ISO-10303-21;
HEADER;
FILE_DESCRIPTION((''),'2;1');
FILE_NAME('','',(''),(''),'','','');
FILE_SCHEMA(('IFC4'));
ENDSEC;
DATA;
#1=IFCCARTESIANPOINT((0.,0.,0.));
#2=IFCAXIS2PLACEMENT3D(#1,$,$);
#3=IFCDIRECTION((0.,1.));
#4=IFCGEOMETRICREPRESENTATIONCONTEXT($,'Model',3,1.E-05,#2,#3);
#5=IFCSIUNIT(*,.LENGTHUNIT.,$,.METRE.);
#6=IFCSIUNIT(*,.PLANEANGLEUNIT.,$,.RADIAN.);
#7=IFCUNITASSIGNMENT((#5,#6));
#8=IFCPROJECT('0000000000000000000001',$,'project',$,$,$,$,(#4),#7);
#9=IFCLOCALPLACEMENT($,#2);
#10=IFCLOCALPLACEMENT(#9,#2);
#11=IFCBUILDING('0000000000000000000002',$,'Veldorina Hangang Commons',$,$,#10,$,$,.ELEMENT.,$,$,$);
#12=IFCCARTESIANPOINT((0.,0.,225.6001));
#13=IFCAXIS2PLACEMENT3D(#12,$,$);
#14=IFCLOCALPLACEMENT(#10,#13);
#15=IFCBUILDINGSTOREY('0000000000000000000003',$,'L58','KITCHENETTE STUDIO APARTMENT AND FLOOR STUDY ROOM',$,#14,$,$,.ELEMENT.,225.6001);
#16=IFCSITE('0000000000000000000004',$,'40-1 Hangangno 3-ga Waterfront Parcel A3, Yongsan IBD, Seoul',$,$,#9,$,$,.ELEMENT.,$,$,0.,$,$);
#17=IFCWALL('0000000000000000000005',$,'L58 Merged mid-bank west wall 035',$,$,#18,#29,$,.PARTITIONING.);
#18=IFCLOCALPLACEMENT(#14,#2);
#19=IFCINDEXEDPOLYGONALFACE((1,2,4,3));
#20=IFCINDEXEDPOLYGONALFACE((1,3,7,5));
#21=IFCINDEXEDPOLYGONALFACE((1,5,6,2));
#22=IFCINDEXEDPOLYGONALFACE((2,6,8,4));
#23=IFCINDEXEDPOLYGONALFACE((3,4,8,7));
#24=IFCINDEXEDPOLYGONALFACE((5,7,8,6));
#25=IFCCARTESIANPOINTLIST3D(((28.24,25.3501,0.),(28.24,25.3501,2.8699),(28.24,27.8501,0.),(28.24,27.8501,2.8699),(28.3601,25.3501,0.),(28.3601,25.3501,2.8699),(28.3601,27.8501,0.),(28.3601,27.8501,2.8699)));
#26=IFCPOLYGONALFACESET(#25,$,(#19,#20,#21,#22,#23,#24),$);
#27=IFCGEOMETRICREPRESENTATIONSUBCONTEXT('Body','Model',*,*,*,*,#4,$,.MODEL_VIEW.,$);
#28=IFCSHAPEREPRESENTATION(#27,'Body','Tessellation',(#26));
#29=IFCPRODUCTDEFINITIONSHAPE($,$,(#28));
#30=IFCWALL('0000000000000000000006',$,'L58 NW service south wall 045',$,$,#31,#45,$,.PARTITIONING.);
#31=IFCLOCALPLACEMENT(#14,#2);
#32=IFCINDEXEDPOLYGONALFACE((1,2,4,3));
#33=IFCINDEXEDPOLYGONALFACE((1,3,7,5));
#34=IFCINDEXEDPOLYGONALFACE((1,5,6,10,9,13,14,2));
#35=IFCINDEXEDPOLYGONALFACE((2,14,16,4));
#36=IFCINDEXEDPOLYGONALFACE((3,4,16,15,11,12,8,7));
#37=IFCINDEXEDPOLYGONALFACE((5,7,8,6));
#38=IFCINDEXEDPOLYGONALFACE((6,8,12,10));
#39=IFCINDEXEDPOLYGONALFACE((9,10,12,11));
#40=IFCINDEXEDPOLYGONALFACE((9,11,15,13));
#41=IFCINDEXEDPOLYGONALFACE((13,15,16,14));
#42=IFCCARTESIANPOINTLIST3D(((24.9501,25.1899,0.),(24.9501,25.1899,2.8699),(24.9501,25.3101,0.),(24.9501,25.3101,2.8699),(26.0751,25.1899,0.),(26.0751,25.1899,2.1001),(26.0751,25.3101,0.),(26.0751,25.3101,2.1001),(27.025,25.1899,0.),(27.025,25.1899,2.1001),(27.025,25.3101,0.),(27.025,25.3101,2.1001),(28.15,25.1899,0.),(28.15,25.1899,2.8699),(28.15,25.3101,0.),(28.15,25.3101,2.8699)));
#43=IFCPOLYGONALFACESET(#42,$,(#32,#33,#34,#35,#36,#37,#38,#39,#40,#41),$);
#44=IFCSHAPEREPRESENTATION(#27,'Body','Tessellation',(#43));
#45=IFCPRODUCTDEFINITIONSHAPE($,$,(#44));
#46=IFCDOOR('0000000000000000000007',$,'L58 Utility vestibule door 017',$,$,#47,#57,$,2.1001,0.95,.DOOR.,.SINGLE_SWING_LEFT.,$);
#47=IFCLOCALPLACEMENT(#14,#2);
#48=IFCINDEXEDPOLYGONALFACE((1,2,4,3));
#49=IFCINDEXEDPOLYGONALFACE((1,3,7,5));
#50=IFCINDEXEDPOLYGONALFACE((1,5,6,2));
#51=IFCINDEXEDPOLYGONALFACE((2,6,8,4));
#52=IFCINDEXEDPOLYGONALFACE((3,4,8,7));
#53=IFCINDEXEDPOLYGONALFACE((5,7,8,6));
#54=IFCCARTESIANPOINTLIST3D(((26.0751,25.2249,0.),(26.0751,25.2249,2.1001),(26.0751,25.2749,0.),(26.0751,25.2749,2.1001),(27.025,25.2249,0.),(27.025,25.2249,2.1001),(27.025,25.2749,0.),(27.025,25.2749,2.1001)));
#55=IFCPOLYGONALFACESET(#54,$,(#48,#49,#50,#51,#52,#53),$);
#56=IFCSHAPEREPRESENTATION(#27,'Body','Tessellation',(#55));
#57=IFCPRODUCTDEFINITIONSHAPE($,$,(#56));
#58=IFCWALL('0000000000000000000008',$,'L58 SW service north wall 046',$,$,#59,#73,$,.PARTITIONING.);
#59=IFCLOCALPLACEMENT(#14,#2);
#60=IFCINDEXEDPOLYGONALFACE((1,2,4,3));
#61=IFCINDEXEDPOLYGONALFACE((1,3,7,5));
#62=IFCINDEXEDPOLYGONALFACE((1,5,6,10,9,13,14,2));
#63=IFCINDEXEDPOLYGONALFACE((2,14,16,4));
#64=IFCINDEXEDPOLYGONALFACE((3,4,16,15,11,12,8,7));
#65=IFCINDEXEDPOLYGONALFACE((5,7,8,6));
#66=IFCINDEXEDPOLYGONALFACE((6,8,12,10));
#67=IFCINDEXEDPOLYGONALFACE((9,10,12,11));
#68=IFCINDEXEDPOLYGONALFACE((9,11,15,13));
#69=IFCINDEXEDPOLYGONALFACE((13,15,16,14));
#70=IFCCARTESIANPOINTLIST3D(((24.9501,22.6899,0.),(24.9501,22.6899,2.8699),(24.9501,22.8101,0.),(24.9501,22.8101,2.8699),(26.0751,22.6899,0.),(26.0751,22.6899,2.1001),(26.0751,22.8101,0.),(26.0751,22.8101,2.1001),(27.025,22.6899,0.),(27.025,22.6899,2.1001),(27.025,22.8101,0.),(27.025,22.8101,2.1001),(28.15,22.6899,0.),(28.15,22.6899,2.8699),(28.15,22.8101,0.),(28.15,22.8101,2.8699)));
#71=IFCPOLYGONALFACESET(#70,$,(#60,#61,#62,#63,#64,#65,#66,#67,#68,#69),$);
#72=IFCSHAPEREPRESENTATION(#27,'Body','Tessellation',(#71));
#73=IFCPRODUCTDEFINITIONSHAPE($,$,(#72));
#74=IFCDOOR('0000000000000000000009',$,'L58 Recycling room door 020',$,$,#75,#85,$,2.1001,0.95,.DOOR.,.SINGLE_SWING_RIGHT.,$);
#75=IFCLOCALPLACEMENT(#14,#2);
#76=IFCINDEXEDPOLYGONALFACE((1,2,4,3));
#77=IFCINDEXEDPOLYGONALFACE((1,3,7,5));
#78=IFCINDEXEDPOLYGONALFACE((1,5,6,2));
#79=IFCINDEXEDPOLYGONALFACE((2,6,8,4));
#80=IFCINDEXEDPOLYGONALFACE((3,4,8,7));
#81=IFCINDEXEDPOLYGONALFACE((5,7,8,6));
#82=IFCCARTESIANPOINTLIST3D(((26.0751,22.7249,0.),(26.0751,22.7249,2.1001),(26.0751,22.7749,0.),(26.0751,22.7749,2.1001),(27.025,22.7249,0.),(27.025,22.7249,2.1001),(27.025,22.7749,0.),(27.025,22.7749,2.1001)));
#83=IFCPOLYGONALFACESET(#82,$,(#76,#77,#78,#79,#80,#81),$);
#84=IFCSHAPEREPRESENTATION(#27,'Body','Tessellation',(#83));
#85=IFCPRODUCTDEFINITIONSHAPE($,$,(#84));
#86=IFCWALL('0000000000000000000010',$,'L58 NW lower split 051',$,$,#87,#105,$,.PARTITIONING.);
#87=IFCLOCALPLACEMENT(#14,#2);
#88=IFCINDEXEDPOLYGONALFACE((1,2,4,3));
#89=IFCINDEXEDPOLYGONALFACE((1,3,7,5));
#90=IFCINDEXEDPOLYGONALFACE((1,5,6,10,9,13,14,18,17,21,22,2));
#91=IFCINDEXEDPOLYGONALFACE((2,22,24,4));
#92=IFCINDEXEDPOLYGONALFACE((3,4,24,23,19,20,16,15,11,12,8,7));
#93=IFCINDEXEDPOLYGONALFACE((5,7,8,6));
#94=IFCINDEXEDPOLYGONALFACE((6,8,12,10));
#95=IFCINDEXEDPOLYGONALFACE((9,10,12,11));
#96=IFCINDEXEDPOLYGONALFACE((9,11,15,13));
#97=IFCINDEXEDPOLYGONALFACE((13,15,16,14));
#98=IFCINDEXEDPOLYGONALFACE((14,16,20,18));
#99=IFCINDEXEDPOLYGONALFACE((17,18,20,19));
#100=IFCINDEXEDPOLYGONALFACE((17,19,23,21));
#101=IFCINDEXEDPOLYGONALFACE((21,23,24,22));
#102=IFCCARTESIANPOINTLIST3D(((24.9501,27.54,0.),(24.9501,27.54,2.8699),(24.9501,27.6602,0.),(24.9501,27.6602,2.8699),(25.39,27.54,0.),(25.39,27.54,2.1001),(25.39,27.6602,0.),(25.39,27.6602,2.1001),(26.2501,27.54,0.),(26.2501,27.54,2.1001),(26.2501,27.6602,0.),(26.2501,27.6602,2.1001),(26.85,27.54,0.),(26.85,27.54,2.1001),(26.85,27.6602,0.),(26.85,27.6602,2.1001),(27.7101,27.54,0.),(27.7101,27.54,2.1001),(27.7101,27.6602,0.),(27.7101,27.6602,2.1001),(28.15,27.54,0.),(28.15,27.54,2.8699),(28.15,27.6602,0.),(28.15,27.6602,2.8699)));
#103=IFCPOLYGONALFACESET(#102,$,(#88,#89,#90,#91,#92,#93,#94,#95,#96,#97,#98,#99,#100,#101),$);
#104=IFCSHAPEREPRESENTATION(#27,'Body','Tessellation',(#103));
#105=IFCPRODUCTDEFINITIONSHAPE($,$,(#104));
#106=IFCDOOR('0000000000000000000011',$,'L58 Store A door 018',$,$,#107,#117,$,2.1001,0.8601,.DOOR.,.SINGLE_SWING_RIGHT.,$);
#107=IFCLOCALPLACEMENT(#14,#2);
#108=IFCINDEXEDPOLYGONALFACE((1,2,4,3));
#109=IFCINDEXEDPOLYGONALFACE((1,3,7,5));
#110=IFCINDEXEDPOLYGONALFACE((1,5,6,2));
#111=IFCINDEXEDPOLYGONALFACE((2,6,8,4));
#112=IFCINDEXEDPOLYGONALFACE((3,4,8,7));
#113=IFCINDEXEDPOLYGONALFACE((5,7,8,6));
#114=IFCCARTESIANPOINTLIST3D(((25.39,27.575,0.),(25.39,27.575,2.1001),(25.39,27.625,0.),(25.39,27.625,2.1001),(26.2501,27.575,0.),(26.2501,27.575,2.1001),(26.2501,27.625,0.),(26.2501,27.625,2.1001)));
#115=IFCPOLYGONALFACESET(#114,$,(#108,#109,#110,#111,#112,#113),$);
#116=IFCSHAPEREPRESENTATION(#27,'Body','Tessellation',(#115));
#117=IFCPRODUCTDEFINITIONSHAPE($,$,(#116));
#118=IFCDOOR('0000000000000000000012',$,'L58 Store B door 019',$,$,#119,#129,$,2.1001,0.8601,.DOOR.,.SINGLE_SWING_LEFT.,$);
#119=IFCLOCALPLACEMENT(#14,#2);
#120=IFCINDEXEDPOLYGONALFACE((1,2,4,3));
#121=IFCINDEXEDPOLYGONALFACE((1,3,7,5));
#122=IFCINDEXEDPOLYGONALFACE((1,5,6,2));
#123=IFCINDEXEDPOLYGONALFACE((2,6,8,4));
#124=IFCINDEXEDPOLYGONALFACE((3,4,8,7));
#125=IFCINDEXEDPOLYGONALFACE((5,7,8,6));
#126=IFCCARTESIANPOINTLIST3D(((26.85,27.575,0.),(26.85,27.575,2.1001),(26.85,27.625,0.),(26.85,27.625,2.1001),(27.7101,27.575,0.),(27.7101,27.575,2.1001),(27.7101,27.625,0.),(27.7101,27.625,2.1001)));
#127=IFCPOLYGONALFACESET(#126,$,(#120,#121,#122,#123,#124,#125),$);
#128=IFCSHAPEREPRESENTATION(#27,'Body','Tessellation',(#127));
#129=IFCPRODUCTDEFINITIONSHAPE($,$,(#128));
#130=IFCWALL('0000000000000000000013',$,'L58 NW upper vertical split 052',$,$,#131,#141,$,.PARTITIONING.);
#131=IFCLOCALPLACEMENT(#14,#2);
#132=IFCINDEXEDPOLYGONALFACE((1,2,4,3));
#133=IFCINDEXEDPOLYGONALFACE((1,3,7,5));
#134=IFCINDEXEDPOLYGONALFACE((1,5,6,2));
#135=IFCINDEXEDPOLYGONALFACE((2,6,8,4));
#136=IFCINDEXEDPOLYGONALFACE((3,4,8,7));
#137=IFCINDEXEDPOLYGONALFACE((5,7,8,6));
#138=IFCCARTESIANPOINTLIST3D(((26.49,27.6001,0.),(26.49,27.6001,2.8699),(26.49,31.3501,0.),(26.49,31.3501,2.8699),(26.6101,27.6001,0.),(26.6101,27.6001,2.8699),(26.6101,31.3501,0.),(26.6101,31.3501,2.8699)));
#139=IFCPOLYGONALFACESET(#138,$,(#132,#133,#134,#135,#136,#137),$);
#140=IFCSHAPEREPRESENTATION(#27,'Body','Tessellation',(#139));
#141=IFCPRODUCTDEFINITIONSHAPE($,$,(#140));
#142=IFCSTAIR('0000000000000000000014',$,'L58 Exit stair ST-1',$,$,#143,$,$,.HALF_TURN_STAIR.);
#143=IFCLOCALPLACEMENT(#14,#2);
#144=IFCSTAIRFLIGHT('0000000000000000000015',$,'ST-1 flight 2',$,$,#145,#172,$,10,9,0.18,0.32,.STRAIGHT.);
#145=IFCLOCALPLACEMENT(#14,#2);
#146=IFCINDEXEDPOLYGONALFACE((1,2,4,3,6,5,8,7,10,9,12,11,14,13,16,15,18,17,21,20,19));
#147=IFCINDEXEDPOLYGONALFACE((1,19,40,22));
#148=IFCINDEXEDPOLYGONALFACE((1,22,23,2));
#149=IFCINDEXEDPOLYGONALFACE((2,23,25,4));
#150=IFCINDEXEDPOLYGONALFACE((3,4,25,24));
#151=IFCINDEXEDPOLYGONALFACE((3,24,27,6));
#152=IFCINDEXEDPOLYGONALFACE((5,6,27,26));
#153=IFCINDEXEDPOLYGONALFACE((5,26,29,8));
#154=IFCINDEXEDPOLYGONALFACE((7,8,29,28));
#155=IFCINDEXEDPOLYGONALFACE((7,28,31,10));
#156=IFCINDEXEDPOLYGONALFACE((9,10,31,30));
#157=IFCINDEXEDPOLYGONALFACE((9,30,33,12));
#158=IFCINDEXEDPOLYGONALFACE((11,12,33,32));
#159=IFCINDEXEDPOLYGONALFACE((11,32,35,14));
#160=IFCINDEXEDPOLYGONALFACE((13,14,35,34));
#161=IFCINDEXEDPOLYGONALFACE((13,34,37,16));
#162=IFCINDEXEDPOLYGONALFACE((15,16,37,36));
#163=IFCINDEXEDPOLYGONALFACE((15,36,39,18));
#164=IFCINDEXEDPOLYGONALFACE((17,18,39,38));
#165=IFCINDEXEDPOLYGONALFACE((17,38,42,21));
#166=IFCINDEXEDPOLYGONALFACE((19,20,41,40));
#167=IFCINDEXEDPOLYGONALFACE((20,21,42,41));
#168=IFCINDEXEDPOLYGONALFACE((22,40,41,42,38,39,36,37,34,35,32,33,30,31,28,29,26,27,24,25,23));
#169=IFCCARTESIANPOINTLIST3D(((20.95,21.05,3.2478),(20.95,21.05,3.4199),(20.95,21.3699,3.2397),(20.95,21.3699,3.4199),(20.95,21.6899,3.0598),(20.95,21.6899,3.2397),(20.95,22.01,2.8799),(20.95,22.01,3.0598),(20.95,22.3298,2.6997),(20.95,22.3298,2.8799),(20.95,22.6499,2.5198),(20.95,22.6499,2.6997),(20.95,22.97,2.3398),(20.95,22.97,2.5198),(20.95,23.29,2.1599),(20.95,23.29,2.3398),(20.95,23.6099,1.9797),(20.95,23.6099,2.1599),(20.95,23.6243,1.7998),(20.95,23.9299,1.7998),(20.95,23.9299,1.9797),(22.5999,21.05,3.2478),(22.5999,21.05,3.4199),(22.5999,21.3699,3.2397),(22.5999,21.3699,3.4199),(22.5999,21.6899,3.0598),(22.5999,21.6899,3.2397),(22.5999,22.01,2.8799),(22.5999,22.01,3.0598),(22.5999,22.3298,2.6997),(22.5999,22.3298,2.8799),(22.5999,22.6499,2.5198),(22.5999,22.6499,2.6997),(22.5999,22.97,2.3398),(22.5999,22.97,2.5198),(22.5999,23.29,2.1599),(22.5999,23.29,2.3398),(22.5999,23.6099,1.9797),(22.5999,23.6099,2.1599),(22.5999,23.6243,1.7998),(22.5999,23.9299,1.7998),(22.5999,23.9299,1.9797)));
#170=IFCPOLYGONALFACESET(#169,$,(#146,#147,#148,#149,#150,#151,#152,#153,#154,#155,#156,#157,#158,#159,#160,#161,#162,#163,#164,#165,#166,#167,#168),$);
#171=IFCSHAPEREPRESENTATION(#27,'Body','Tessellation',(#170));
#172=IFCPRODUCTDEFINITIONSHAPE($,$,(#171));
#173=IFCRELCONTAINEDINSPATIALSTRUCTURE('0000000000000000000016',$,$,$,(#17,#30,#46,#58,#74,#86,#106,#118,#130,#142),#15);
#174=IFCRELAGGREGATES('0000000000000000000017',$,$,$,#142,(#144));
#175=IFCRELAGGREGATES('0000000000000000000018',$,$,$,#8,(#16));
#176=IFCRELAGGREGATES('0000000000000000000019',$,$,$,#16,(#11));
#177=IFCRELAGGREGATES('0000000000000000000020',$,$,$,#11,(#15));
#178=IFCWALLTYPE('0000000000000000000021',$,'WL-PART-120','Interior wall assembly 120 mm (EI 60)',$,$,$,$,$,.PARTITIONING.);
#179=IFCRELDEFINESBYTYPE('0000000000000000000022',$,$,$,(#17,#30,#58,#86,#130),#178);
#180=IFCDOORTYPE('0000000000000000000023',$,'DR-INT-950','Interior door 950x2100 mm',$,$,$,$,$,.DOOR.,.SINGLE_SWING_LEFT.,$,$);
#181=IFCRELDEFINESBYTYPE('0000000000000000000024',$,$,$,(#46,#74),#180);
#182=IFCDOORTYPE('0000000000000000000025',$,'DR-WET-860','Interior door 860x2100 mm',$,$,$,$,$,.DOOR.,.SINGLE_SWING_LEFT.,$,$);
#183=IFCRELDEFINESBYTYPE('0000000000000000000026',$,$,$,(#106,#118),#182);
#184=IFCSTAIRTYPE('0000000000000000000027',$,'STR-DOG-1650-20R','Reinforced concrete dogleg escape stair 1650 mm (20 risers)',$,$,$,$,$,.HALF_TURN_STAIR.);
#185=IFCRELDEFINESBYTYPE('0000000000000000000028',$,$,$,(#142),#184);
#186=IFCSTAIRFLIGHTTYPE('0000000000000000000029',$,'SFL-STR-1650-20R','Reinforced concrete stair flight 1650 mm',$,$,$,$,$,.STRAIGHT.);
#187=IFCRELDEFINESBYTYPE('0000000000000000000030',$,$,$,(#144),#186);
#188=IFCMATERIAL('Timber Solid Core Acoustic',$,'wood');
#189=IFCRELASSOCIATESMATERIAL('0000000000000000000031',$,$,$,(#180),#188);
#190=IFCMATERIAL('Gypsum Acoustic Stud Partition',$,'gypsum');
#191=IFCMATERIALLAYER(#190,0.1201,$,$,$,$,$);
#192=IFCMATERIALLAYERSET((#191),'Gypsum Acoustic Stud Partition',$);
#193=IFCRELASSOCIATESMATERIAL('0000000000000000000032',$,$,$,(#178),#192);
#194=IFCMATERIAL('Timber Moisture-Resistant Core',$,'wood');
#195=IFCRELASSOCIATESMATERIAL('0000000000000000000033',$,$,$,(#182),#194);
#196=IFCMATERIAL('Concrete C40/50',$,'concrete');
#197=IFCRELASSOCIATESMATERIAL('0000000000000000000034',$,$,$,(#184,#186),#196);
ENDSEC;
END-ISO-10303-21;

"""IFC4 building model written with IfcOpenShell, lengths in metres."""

from ifc_helpers import new_model, si_unit, direction, frame, frame_2d, origin, place, context, subcontext, project, spatial, polyline, rectangle, outline, extrude, material, layer, layer_set, type_object, element, fill, aggregate, save


model = new_model("IFC4")

# Units and contexts
model_context = context("Model", 3, precision=1e-05, world=origin(), true_north=direction((0.0, 1.0)))
body_context = subcontext(model_context, "Body", "Model", "MODEL_VIEW")
ifc_project = project(units=[si_unit("LENGTHUNIT", "METRE"), si_unit("PLANEANGLEUNIT", "RADIAN")], contexts=[model_context])

# Site, building, storey
site_placement = place(None, origin())
site = spatial("IfcSite", under=ifc_project, at=site_placement, Name="40-1 Hangangno 3-ga Waterfront Parcel A3, Yongsan IBD, Seoul", CompositionType="ELEMENT", RefElevation=0.0)
building_placement = place(site_placement, origin())
building = spatial("IfcBuilding", under=site, at=building_placement, Name="Veldorina Hangang Commons", CompositionType="ELEMENT")
storey_placement = place(building_placement, frame((0.0, 0.0, 225.6001)))
storey = spatial("IfcBuildingStorey", under=building, at=storey_placement, Name="L58", Description="KITCHENETTE STUDIO APARTMENT AND FLOOR STUDY ROOM", CompositionType="ELEMENT", Elevation=225.6001)

# Shared definitions
ifc_material_1 = material(Name="Timber Solid Core Acoustic", Category="wood")
door_type_1 = type_object("IfcDoorType", Name="DR-INT-950", Description="Interior door 950x2100 mm", OperationType="SINGLE_SWING_LEFT", PredefinedType="DOOR", material=ifc_material_1)

# Shared definitions
ifc_material_2 = material(Name="Gypsum Acoustic Stud Partition", Category="gypsum")
ifc_layer_1 = layer(ifc_material_2, 0.1201)
ifc_layer_set_1 = layer_set([ifc_layer_1], Name="Gypsum Acoustic Stud Partition")
wall_type_1 = type_object("IfcWallType", Name="WL-PART-120", Description="Interior wall assembly 120 mm (EI 60)", PredefinedType="PARTITIONING", material=ifc_layer_set_1)

# Wall
wall_1_placement = place(storey_placement, frame((28.3, 25.3501, 0.0), z_axis=(0.0, 0.0, 1.0), x_axis=(0.0, 1.0, 0.0)))
element("IfcWall", 1, at=wall_1_placement, inside=storey, type_object=wall_type_1, Name="L58 Merged mid-bank west wall 035", PredefinedType="PARTITIONING", context=body_context, shape_type="SweptSolid", body=[
    extrude(rectangle(XDim=2.5, YDim=0.1201, at=frame_2d((1.25, 0.0))), origin(), (0.0, 0.0, 1.0), 2.8699),
])

# Walls, openings, doors
wall_2_placement = place(storey_placement, frame((24.95, 25.25, 0.0), z_axis=(0.0, 0.0, 1.0), x_axis=(1.0, 0.0, 0.0)))
wall_2 = element("IfcWall", 2, at=wall_2_placement, inside=storey, type_object=wall_type_1, Name="L58 NW service south wall 045", PredefinedType="PARTITIONING", context=body_context, shape_type="SweptSolid", body=[
    extrude(rectangle(XDim=3.2, YDim=0.1201, at=frame_2d((1.6001, 0.0))), origin(), (0.0, 0.0, 1.0), 2.8699),
])
opening_1_placement = place(wall_2_placement, frame((1.125, 0.0, 0.0)))
opening_1 = element("IfcOpeningElement", 3, at=opening_1_placement, cuts=wall_2, PredefinedType="OPENING", context=body_context, shape_type="SweptSolid", body=[
    extrude(rectangle(XDim=0.95, YDim=2.1001, at=frame_2d((0.4751, 1.05))), frame((0.0, 0.0701, 0.0), z_axis=(0.0, -1.0, 0.0), x_axis=(1.0, 0.0, 0.0)), (0.0, 0.0, 1.0), 0.1401),
])
door_1_placement = place(opening_1_placement, origin())
door_1 = element("IfcDoor", 4, at=door_1_placement, inside=storey, type_object=door_type_1, Name="L58 Utility vestibule door 017", OperationType="SINGLE_SWING_LEFT", OverallHeight=2.1001, OverallWidth=0.95, PredefinedType="DOOR", context=body_context, shape_type="SweptSolid", body=[
    extrude(rectangle(XDim=0.95, YDim=2.1001, at=frame_2d((0.4751, 1.05))), frame((0.0, 0.0249, 0.0), z_axis=(0.0, -1.0, 0.0), x_axis=(1.0, 0.0, 0.0)), (0.0, 0.0, 1.0), 0.05),
])
fill(opening_1, door_1)
wall_3_placement = place(storey_placement, frame((24.95, 22.75, 0.0), z_axis=(0.0, 0.0, 1.0), x_axis=(1.0, 0.0, 0.0)))
wall_3 = element("IfcWall", 5, at=wall_3_placement, inside=storey, type_object=wall_type_1, Name="L58 SW service north wall 046", PredefinedType="PARTITIONING", context=body_context, shape_type="SweptSolid", body=[
    extrude(rectangle(XDim=3.2, YDim=0.1201, at=frame_2d((1.6001, 0.0))), origin(), (0.0, 0.0, 1.0), 2.8699),
])
opening_2_placement = place(wall_3_placement, frame((1.125, 0.0, 0.0)))
opening_2 = element("IfcOpeningElement", 6, at=opening_2_placement, cuts=wall_3, PredefinedType="OPENING", context=body_context, shape_type="SweptSolid", body=[
    extrude(rectangle(XDim=0.95, YDim=2.1001, at=frame_2d((0.4751, 1.05))), frame((0.0, 0.0701, 0.0), z_axis=(0.0, -1.0, 0.0), x_axis=(1.0, 0.0, 0.0)), (0.0, 0.0, 1.0), 0.1401),
])
door_2_placement = place(opening_2_placement, origin())
door_2 = element("IfcDoor", 7, at=door_2_placement, inside=storey, type_object=door_type_1, Name="L58 Recycling room door 020", OperationType="SINGLE_SWING_RIGHT", OverallHeight=2.1001, OverallWidth=0.95, PredefinedType="DOOR", context=body_context, shape_type="SweptSolid", body=[
    extrude(rectangle(XDim=0.95, YDim=2.1001, at=frame_2d((0.4751, 1.05))), frame((0.0, 0.0249, 0.0), z_axis=(0.0, -1.0, 0.0), x_axis=(1.0, 0.0, 0.0)), (0.0, 0.0, 1.0), 0.05),
])
fill(opening_2, door_2)

# Wall, openings, doors
wall_4_placement = place(storey_placement, frame((24.95, 27.6001, 0.0), z_axis=(0.0, 0.0, 1.0), x_axis=(1.0, 0.0, 0.0)))
wall_4 = element("IfcWall", 8, at=wall_4_placement, inside=storey, type_object=wall_type_1, Name="L58 NW lower split 051", PredefinedType="PARTITIONING", context=body_context, shape_type="SweptSolid", body=[
    extrude(rectangle(XDim=3.2, YDim=0.1201, at=frame_2d((1.6001, 0.0))), origin(), (0.0, 0.0, 1.0), 2.8699),
])
opening_3_placement = place(wall_4_placement, frame((0.4399, 0.0, 0.0)))
opening_3 = element("IfcOpeningElement", 9, at=opening_3_placement, cuts=wall_4, PredefinedType="OPENING", context=body_context, shape_type="SweptSolid", body=[
    extrude(rectangle(XDim=0.8601, YDim=2.1001, at=frame_2d((0.4302, 1.05))), frame((0.0, 0.0701, 0.0), z_axis=(0.0, -1.0, 0.0), x_axis=(1.0, 0.0, 0.0)), (0.0, 0.0, 1.0), 0.1401),
])
opening_4_placement = place(wall_4_placement, frame((1.8999, 0.0, 0.0)))
opening_4 = element("IfcOpeningElement", 10, at=opening_4_placement, cuts=wall_4, PredefinedType="OPENING", context=body_context, shape_type="SweptSolid", body=[
    extrude(rectangle(XDim=0.8601, YDim=2.1001, at=frame_2d((0.4302, 1.05))), frame((0.0, 0.0701, 0.0), z_axis=(0.0, -1.0, 0.0), x_axis=(1.0, 0.0, 0.0)), (0.0, 0.0, 1.0), 0.1401),
])
ifc_material_3 = material(Name="Timber Moisture-Resistant Core", Category="wood")
door_type_2 = type_object("IfcDoorType", Name="DR-WET-860", Description="Interior door 860x2100 mm", OperationType="SINGLE_SWING_LEFT", PredefinedType="DOOR", material=ifc_material_3)
door_3_placement = place(opening_3_placement, origin())
door_3 = element("IfcDoor", 11, at=door_3_placement, inside=storey, type_object=door_type_2, Name="L58 Store A door 018", OperationType="SINGLE_SWING_RIGHT", OverallHeight=2.1001, OverallWidth=0.8601, PredefinedType="DOOR", context=body_context, shape_type="SweptSolid", body=[
    extrude(rectangle(XDim=0.8601, YDim=2.1001, at=frame_2d((0.4302, 1.05))), frame((0.0, 0.0249, 0.0), z_axis=(0.0, -1.0, 0.0), x_axis=(1.0, 0.0, 0.0)), (0.0, 0.0, 1.0), 0.05),
])
fill(opening_3, door_3)
door_4_placement = place(opening_4_placement, origin())
door_4 = element("IfcDoor", 12, at=door_4_placement, inside=storey, type_object=door_type_2, Name="L58 Store B door 019", OperationType="SINGLE_SWING_LEFT", OverallHeight=2.1001, OverallWidth=0.8601, PredefinedType="DOOR", context=body_context, shape_type="SweptSolid", body=[
    extrude(rectangle(XDim=0.8601, YDim=2.1001, at=frame_2d((0.4302, 1.05))), frame((0.0, 0.0249, 0.0), z_axis=(0.0, -1.0, 0.0), x_axis=(1.0, 0.0, 0.0)), (0.0, 0.0, 1.0), 0.05),
])
fill(opening_4, door_4)

# Wall
wall_5_placement = place(storey_placement, frame((26.55, 27.6001, 0.0), z_axis=(0.0, 0.0, 1.0), x_axis=(0.0, 1.0, 0.0)))
element("IfcWall", 13, at=wall_5_placement, inside=storey, type_object=wall_type_1, Name="L58 NW upper vertical split 052", PredefinedType="PARTITIONING", context=body_context, shape_type="SweptSolid", body=[
    extrude(rectangle(XDim=3.75, YDim=0.1201, at=frame_2d((1.875, 0.0))), origin(), (0.0, 0.0, 1.0), 2.8699),
])

# Stair, stair flight
ifc_material_4 = material(Name="Concrete C40/50", Category="concrete")
stair_type = type_object("IfcStairType", Name="STR-DOG-1650-20R", Description="Reinforced concrete dogleg escape stair 1650 mm (20 risers)", PredefinedType="HALF_TURN_STAIR", material=ifc_material_4)
stair_placement = place(storey_placement, origin())
stair = element("IfcStair", 14, at=stair_placement, inside=storey, type_object=stair_type, Name="L58 Exit stair ST-1", PredefinedType="HALF_TURN_STAIR")
stair_flight_type = type_object("IfcStairFlightType", Name="SFL-STR-1650-20R", Description="Reinforced concrete stair flight 1650 mm", PredefinedType="STRAIGHT", material=ifc_material_4)
stair_flight_placement = place(storey_placement, frame((21.7749, 23.9299, 1.7998), z_axis=(0.0, 0.0, 1.0), x_axis=(0.0, -1.0, 0.0)))
stair_flight = element("IfcStairFlight", 15, at=stair_flight_placement, type_object=stair_flight_type, Name="ST-1 flight 2", NumberOfRisers=10, NumberOfTreads=9, PredefinedType="STRAIGHT", RiserHeight=0.18, TreadLength=0.32, context=body_context, shape_type="SweptSolid", body=[
    extrude(outline(polyline([(0.0, 0.0), (0.0, 0.1799), (0.3201, 0.1799), (0.3201, 0.3601), (0.6399, 0.3601), (0.6399, 0.54), (0.96, 0.54), (0.96, 0.72), (1.28, 0.72), (1.28, 0.8999), (1.6001, 0.8999), (1.6001, 1.0801), (1.9199, 1.0801), (1.9199, 1.26), (2.24, 1.26), (2.24, 1.4399), (2.5601, 1.4399), (2.5601, 1.6201), (2.8799, 1.6201), (2.8799, 1.8), (2.8799, 1.448), (0.3057, 0.0), (0.0, 0.0)])), frame((0.0, 0.825, 0.0), z_axis=(0.0, -1.0, 0.0), x_axis=(1.0, 0.0, 0.0)), (0.0, 0.0, 1.0), 1.6499),
])
aggregate(stair, [stair_flight])

save(model, "model.ifc")
